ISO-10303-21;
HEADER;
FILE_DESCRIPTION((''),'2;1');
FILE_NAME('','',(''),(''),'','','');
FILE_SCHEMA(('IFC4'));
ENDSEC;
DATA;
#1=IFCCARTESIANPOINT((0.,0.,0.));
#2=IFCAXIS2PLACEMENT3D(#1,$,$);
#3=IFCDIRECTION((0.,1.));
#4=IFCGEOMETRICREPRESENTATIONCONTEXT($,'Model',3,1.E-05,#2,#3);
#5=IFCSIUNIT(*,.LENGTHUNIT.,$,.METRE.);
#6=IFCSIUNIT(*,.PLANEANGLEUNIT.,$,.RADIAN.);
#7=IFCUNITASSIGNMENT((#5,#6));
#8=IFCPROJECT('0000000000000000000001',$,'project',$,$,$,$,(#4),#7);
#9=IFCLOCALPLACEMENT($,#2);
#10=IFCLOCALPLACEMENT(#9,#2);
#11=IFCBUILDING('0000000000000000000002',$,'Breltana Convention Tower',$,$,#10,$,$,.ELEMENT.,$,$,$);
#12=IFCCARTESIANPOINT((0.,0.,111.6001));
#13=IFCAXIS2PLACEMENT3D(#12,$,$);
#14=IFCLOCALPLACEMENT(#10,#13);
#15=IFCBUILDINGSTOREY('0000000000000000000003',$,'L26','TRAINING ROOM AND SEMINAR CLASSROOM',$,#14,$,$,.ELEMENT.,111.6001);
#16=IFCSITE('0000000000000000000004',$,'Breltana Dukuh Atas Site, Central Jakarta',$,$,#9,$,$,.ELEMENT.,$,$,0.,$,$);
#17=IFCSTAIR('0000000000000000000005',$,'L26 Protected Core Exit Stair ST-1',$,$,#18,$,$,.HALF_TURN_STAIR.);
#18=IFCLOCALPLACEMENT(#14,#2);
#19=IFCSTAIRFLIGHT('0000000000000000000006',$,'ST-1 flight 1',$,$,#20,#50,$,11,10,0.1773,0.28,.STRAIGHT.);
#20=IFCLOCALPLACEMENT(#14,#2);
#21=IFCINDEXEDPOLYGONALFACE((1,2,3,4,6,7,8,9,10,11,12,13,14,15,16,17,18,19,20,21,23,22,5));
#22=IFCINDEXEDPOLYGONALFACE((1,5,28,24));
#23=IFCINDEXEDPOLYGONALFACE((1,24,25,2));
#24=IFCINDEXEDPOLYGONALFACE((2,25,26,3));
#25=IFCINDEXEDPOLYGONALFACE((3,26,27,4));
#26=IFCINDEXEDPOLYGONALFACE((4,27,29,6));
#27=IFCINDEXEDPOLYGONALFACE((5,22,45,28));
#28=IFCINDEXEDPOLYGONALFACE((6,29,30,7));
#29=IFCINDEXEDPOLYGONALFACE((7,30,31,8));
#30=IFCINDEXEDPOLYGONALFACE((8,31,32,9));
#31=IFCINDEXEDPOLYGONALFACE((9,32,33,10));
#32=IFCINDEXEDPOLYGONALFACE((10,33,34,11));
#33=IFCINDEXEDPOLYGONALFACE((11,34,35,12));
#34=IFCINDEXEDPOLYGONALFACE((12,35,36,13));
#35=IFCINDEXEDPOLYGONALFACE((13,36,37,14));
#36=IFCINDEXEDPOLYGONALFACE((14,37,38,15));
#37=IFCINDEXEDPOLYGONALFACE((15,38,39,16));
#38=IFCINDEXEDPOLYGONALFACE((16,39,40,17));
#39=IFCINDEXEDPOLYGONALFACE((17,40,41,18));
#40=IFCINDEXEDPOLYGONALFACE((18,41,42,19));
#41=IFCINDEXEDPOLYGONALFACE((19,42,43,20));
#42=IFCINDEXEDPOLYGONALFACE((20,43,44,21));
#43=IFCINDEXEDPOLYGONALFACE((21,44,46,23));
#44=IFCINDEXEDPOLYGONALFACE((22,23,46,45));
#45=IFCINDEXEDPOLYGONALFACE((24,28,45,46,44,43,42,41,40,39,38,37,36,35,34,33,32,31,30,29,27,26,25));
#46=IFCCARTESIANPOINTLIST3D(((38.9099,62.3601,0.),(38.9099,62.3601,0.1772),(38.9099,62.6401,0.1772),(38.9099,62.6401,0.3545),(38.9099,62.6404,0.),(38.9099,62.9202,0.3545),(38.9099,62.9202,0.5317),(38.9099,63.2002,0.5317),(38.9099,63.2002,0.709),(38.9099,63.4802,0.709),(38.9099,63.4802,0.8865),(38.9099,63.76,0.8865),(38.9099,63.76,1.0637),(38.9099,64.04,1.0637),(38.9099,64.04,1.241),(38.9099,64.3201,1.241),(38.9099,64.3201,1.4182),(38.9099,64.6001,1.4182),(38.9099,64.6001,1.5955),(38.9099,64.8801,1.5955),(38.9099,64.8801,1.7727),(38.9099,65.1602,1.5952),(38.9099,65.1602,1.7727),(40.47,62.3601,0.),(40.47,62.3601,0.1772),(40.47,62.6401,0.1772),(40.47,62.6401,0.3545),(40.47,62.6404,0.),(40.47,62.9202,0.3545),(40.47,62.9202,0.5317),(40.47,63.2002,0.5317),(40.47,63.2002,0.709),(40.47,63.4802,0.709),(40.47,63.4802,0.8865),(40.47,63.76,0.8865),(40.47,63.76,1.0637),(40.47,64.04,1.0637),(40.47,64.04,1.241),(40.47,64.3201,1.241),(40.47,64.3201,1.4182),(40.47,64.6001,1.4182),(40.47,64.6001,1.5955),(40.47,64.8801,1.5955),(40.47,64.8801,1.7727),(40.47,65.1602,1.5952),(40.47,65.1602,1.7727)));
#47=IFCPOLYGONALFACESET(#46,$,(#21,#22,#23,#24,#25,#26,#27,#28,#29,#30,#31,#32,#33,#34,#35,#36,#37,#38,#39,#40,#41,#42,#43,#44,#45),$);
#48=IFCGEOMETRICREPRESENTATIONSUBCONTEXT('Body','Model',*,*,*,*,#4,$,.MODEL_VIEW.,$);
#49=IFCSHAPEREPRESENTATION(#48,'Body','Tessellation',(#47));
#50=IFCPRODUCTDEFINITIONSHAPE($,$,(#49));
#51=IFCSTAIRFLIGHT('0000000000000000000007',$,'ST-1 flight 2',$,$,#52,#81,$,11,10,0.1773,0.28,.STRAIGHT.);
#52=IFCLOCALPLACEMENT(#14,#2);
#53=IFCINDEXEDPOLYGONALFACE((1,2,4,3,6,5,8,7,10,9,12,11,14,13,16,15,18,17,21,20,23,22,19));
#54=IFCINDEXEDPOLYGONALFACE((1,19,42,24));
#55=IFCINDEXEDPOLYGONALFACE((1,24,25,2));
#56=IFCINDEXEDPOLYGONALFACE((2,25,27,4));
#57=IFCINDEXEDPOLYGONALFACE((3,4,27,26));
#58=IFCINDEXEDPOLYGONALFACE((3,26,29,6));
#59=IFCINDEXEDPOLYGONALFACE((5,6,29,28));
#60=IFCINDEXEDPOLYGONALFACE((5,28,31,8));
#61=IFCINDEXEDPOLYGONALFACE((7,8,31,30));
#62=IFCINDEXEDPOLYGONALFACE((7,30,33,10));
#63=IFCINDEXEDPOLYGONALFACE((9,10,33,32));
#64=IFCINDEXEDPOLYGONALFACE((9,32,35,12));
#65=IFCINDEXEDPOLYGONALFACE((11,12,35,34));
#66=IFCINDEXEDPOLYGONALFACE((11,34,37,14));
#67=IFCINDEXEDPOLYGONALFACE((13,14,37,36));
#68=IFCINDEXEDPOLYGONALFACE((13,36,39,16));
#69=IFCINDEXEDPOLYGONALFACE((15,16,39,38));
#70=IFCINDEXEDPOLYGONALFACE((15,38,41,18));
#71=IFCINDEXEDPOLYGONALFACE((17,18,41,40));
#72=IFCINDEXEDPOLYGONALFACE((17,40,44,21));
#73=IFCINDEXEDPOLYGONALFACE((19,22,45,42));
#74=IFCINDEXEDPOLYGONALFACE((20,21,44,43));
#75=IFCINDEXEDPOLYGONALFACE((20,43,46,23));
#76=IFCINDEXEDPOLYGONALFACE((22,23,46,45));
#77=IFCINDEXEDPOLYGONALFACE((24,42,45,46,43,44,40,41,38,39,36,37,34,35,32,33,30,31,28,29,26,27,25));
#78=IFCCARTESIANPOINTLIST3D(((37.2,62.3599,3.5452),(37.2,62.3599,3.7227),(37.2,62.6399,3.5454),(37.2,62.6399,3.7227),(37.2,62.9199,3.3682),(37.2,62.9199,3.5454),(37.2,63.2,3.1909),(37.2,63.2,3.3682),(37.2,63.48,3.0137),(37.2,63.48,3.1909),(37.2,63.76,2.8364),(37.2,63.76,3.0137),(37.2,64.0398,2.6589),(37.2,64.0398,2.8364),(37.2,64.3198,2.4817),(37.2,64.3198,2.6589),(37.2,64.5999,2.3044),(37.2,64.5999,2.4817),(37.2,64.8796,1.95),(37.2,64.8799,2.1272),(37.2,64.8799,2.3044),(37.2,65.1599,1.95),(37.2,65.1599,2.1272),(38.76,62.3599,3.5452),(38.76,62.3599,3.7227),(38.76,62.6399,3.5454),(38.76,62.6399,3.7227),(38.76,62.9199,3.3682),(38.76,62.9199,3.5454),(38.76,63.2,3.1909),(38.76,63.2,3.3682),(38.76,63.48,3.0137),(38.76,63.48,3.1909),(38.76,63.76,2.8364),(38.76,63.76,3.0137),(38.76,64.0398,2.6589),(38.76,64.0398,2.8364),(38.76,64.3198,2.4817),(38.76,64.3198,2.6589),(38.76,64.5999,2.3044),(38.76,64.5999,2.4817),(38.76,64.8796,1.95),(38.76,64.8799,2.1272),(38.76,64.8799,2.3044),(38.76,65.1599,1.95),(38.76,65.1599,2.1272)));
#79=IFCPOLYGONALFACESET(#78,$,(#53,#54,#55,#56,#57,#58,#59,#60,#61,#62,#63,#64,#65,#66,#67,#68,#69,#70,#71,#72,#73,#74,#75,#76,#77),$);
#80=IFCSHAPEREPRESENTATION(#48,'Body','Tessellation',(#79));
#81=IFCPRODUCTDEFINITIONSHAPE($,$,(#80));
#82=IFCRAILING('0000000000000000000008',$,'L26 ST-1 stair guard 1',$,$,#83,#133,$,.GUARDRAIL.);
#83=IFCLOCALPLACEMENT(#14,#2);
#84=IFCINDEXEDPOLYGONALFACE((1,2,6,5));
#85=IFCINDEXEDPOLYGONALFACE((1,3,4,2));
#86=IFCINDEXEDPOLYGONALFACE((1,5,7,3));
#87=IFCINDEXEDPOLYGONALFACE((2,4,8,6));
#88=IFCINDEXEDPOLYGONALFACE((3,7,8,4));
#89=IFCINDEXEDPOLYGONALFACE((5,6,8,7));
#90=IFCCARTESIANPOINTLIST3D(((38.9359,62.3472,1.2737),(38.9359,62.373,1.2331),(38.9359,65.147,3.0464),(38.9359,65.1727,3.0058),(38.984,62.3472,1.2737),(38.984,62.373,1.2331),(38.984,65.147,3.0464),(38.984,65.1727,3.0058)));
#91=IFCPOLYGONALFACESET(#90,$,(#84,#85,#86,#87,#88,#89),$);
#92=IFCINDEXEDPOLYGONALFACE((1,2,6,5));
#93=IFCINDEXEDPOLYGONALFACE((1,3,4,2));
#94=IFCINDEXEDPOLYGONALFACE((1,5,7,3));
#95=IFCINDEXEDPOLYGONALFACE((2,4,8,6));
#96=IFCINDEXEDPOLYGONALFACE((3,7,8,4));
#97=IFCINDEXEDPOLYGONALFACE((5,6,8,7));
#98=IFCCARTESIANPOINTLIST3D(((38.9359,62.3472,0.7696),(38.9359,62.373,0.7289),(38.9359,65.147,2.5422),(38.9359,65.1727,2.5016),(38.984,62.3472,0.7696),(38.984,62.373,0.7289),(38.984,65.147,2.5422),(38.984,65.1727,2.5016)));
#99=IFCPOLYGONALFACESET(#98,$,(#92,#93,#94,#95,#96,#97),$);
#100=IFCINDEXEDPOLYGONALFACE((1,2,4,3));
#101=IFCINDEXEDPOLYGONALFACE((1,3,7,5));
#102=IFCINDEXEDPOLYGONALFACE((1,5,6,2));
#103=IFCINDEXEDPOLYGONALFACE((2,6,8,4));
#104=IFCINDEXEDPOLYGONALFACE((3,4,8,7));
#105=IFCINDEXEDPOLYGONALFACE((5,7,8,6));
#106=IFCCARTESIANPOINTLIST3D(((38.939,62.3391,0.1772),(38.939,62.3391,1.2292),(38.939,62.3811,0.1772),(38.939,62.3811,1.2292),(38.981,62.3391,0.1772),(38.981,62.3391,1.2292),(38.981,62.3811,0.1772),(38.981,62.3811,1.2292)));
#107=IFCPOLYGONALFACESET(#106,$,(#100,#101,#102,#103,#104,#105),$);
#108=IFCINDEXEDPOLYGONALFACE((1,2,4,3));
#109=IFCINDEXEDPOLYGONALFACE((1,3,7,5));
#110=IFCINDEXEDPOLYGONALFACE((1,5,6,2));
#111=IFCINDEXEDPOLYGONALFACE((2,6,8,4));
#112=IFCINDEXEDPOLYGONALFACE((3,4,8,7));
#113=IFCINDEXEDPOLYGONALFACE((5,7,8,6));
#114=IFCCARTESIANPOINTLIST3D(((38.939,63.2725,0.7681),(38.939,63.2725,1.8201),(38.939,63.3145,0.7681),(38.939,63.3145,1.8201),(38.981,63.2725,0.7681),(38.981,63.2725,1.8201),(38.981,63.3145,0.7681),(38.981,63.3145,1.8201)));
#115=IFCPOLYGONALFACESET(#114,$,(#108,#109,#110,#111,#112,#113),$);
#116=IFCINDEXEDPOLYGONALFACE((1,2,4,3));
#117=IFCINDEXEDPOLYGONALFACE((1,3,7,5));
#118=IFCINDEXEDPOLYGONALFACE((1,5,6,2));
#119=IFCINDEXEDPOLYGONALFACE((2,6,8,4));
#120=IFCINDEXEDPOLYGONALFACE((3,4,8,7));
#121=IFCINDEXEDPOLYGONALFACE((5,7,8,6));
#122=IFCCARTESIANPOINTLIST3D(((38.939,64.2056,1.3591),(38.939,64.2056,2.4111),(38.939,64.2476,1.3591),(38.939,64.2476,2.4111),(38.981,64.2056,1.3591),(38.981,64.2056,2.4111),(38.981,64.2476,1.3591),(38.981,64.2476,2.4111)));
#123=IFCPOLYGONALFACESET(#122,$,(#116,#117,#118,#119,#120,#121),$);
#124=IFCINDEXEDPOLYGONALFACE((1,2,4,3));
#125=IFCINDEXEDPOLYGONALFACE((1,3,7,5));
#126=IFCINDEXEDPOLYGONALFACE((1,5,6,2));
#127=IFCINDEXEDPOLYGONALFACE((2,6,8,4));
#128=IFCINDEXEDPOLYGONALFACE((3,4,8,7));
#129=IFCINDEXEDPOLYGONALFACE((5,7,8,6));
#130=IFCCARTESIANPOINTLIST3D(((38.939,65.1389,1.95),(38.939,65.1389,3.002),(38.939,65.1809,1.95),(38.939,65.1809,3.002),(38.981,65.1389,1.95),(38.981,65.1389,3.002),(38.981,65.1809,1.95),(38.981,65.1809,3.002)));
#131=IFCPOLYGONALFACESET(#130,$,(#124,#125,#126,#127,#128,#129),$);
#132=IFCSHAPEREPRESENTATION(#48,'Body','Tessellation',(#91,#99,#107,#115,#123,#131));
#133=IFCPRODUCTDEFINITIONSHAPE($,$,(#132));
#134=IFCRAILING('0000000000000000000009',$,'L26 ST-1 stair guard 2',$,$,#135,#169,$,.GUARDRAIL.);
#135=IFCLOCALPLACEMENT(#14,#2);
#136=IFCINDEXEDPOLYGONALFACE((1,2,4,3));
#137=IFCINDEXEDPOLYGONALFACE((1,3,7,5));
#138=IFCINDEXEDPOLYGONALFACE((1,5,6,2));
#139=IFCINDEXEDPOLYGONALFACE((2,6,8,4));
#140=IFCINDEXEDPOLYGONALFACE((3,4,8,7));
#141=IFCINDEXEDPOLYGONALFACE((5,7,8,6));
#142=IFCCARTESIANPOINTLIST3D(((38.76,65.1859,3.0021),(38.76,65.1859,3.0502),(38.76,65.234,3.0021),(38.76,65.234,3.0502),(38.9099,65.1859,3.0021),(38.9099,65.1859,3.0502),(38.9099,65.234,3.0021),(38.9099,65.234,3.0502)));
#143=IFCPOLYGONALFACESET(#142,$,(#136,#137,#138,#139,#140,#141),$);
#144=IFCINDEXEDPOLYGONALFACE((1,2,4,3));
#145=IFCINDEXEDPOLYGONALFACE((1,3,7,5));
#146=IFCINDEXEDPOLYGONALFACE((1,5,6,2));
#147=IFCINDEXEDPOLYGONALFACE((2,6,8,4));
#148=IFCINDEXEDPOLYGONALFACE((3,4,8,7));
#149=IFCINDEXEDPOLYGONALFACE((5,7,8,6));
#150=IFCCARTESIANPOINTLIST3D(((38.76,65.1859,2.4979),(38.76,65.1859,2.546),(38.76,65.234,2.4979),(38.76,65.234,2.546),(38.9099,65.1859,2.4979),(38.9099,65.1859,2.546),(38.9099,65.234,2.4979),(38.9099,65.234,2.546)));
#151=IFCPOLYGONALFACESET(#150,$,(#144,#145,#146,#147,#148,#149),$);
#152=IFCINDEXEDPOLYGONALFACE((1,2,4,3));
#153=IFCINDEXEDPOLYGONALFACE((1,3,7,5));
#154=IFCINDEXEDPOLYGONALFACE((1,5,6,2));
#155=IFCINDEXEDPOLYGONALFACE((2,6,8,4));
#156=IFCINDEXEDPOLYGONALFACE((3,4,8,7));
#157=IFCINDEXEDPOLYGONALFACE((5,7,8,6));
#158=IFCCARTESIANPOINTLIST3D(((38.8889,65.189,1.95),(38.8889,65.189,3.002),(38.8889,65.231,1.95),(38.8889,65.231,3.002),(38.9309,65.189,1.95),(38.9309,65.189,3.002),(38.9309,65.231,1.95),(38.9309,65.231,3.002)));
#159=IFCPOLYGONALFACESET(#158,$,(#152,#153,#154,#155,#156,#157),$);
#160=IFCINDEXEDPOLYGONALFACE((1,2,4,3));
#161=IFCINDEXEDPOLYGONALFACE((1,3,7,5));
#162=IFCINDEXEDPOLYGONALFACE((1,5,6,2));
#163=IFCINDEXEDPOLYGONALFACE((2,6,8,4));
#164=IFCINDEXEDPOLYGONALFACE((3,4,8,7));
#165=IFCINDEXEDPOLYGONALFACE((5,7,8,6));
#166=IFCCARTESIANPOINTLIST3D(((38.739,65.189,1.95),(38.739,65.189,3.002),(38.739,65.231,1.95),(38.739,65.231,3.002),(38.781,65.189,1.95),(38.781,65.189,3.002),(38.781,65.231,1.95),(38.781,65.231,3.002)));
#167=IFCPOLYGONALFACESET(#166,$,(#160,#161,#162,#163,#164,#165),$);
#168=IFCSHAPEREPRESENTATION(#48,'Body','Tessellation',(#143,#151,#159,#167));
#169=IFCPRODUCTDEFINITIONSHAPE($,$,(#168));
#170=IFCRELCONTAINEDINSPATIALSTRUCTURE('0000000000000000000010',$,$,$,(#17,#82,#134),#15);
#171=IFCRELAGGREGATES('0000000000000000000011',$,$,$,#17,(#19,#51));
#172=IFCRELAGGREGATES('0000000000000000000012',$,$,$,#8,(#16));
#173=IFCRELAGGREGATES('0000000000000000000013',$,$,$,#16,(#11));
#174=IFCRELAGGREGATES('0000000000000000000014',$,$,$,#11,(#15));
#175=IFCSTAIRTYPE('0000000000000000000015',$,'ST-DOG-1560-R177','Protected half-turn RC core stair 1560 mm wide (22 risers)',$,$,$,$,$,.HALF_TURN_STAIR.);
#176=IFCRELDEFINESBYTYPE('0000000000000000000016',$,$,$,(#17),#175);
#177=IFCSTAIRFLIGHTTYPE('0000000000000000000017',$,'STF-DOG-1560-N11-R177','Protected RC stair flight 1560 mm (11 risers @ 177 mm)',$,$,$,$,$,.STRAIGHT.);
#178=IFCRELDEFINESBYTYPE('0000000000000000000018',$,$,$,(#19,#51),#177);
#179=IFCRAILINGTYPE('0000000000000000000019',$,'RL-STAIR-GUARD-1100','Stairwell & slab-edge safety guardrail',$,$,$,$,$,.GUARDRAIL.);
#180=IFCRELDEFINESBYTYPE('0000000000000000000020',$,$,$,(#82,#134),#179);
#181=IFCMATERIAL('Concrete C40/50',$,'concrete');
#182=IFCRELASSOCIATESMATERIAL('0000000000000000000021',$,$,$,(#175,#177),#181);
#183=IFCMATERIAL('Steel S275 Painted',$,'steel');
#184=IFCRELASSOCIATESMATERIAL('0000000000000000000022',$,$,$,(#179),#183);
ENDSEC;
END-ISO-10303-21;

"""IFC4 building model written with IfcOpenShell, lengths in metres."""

from ifc_helpers import new_model, si_unit, direction, frame, origin, origin_2d, place, context, subcontext, project, spatial, polyline, rectangle, outline, extrude, material, type_object, element, aggregate, save


model = new_model("IFC4")

# Units and contexts
model_context = context("Model", 3, precision=1e-05, world=origin(), true_north=direction((0.0, 1.0)))
body_context = subcontext(model_context, "Body", "Model", "MODEL_VIEW")
ifc_project = project(units=[si_unit("LENGTHUNIT", "METRE"), si_unit("PLANEANGLEUNIT", "RADIAN")], contexts=[model_context])

# Site, building, storey
site_placement = place(None, origin())
site = spatial("IfcSite", under=ifc_project, at=site_placement, Name="Breltana Dukuh Atas Site, Central Jakarta", CompositionType="ELEMENT", RefElevation=0.0)
building_placement = place(site_placement, origin())
building = spatial("IfcBuilding", under=site, at=building_placement, Name="Breltana Convention Tower", CompositionType="ELEMENT")
storey_placement = place(building_placement, frame((0.0, 0.0, 111.6001)))
storey = spatial("IfcBuildingStorey", under=building, at=storey_placement, Name="L26", Description="TRAINING ROOM AND SEMINAR CLASSROOM", CompositionType="ELEMENT", Elevation=111.6001)

# Stair, stair flights
ifc_material_1 = material(Name="Concrete C40/50", Category="concrete")
stair_type = type_object("IfcStairType", Name="ST-DOG-1560-R177", Description="Protected half-turn RC core stair 1560 mm wide (22 risers)", PredefinedType="HALF_TURN_STAIR", material=ifc_material_1)
stair_placement = place(storey_placement, origin())
stair = element("IfcStair", 1, at=stair_placement, inside=storey, type_object=stair_type, Name="L26 Protected Core Exit Stair ST-1", PredefinedType="HALF_TURN_STAIR")
stair_flight_type = type_object("IfcStairFlightType", Name="STF-DOG-1560-N11-R177", Description="Protected RC stair flight 1560 mm (11 risers @ 177 mm)", PredefinedType="STRAIGHT", material=ifc_material_1)
stair_flight_1_placement = place(storey_placement, frame((39.6899, 62.3601, 0.0), z_axis=(0.0, 0.0, 1.0), x_axis=(0.0, 1.0, 0.0)))
stair_flight_1 = element("IfcStairFlight", 2, at=stair_flight_1_placement, type_object=stair_flight_type, Name="ST-1 flight 1", NumberOfRisers=11, NumberOfTreads=10, PredefinedType="STRAIGHT", RiserHeight=0.1773, TreadLength=0.28, context=body_context, shape_type="SweptSolid", body=[
    extrude(outline(polyline([(0.0, 0.0), (0.0, 0.1772), (0.28, 0.1772), (0.28, 0.3545), (0.5601, 0.3545), (0.5601, 0.5317), (0.8401, 0.5317), (0.8401, 0.709), (1.1201, 0.709), (1.1201, 0.8865), (1.3999, 0.8865), (1.3999, 1.0637), (1.6799, 1.0637), (1.6799, 1.241), (1.96, 1.241), (1.96, 1.4182), (2.24, 1.4182), (2.24, 1.5955), (2.52, 1.5955), (2.52, 1.7727), (2.8, 1.7727), (2.8, 1.95), (2.8, 1.5952), (0.2803, 0.0), (0.0, 0.0)])), frame((0.0, 0.78, 0.0), z_axis=(0.0, -1.0, 0.0), x_axis=(1.0, 0.0, 0.0)), (0.0, 0.0, 1.0), 1.5601),
])
stair_flight_2_placement = place(storey_placement, frame((37.98, 65.1599, 1.95), z_axis=(0.0, 0.0, 1.0), x_axis=(0.0, -1.0, 0.0)))
stair_flight_2 = element("IfcStairFlight", 3, at=stair_flight_2_placement, type_object=stair_flight_type, Name="ST-1 flight 2", NumberOfRisers=11, NumberOfTreads=10, PredefinedType="STRAIGHT", RiserHeight=0.1773, TreadLength=0.28, context=body_context, shape_type="SweptSolid", body=[
    extrude(outline(polyline([(0.0, 0.0), (0.0, 0.1772), (0.28, 0.1772), (0.28, 0.3545), (0.5601, 0.3545), (0.5601, 0.5317), (0.8401, 0.5317), (0.8401, 0.709), (1.1201, 0.709), (1.1201, 0.8865), (1.3999, 0.8865), (1.3999, 1.0637), (1.6799, 1.0637), (1.6799, 1.241), (1.96, 1.241), (1.96, 1.4182), (2.24, 1.4182), (2.24, 1.5955), (2.52, 1.5955), (2.52, 1.7727), (2.8, 1.7727), (2.8, 1.95), (2.8, 1.5952), (0.2803, 0.0), (0.0, 0.0)])), frame((0.0, 0.78, 0.0), z_axis=(0.0, -1.0, 0.0), x_axis=(1.0, 0.0, 0.0)), (0.0, 0.0, 1.0), 1.5601),
])
aggregate(stair, [stair_flight_1, stair_flight_2])

# Railings
ifc_material_2 = material(Name="Steel S275 Painted", Category="steel")
railing_type_1 = type_object("IfcRailingType", Name="RL-STAIR-GUARD-1100", Description="Stairwell & slab-edge safety guardrail", PredefinedType="GUARDRAIL", material=ifc_material_2)
railing_1_placement = place(storey_placement, frame((38.96, 62.3601, 0.1772)))
element("IfcRailing", 4, at=railing_1_placement, inside=storey, type_object=railing_type_1, Name="L26 ST-1 stair guard 1", PredefinedType="GUARDRAIL", context=body_context, shape_type="SweptSolid", body=[
    extrude(rectangle(XDim=0.0481, YDim=0.0481, at=origin_2d()), frame((0.0, 0.0, 1.0762), z_axis=(0.0, 0.844888, 0.534943), x_axis=(-1.0, 0.0, 0.0)), (0.0, 0.0, 1.0), 3.3137),
    extrude(rectangle(XDim=0.0481, YDim=0.0481, at=origin_2d()), frame((0.0, 0.0, 0.572), z_axis=(0.0, 0.844888, 0.534943), x_axis=(-1.0, 0.0, 0.0)), (0.0, 0.0, 1.0), 3.3137),
    extrude(rectangle(XDim=0.042, YDim=0.042, at=origin_2d()), origin(), (0.0, 0.0, 1.0), 1.052),
    extrude(rectangle(XDim=0.042, YDim=0.042, at=origin_2d()), frame((0.0, 0.9333, 0.5908)), (0.0, 0.0, 1.0), 1.052),
    extrude(rectangle(XDim=0.042, YDim=0.042, at=origin_2d()), frame((0.0, 1.8665, 1.1819)), (0.0, 0.0, 1.0), 1.052),
    extrude(rectangle(XDim=0.042, YDim=0.042, at=origin_2d()), frame((0.0, 2.7998, 1.7727)), (0.0, 0.0, 1.0), 1.052),
])
railing_2_placement = place(storey_placement, frame((38.9099, 65.21, 1.95)))
element("IfcRailing", 5, at=railing_2_placement, inside=storey, type_object=railing_type_1, Name="L26 ST-1 stair guard 2", PredefinedType="GUARDRAIL", context=body_context, shape_type="SweptSolid", body=[
    extrude(rectangle(XDim=0.0481, YDim=0.0481, at=origin_2d()), frame((0.0, 0.0, 1.0762), z_axis=(-1.0, 0.0, 0.0), x_axis=(0.0, -1.0, 0.0)), (0.0, 0.0, 1.0), 0.1499),
    extrude(rectangle(XDim=0.0481, YDim=0.0481, at=origin_2d()), frame((0.0, 0.0, 0.572), z_axis=(-1.0, 0.0, 0.0), x_axis=(0.0, -1.0, 0.0)), (0.0, 0.0, 1.0), 0.1499),
    extrude(rectangle(XDim=0.042, YDim=0.042, at=origin_2d()), origin(), (0.0, 0.0, 1.0), 1.052),
    extrude(rectangle(XDim=0.042, YDim=0.042, at=origin_2d()), frame((-0.1499, 0.0, 0.0)), (0.0, 0.0, 1.0), 1.052),
])

save(model, "model.ifc")
